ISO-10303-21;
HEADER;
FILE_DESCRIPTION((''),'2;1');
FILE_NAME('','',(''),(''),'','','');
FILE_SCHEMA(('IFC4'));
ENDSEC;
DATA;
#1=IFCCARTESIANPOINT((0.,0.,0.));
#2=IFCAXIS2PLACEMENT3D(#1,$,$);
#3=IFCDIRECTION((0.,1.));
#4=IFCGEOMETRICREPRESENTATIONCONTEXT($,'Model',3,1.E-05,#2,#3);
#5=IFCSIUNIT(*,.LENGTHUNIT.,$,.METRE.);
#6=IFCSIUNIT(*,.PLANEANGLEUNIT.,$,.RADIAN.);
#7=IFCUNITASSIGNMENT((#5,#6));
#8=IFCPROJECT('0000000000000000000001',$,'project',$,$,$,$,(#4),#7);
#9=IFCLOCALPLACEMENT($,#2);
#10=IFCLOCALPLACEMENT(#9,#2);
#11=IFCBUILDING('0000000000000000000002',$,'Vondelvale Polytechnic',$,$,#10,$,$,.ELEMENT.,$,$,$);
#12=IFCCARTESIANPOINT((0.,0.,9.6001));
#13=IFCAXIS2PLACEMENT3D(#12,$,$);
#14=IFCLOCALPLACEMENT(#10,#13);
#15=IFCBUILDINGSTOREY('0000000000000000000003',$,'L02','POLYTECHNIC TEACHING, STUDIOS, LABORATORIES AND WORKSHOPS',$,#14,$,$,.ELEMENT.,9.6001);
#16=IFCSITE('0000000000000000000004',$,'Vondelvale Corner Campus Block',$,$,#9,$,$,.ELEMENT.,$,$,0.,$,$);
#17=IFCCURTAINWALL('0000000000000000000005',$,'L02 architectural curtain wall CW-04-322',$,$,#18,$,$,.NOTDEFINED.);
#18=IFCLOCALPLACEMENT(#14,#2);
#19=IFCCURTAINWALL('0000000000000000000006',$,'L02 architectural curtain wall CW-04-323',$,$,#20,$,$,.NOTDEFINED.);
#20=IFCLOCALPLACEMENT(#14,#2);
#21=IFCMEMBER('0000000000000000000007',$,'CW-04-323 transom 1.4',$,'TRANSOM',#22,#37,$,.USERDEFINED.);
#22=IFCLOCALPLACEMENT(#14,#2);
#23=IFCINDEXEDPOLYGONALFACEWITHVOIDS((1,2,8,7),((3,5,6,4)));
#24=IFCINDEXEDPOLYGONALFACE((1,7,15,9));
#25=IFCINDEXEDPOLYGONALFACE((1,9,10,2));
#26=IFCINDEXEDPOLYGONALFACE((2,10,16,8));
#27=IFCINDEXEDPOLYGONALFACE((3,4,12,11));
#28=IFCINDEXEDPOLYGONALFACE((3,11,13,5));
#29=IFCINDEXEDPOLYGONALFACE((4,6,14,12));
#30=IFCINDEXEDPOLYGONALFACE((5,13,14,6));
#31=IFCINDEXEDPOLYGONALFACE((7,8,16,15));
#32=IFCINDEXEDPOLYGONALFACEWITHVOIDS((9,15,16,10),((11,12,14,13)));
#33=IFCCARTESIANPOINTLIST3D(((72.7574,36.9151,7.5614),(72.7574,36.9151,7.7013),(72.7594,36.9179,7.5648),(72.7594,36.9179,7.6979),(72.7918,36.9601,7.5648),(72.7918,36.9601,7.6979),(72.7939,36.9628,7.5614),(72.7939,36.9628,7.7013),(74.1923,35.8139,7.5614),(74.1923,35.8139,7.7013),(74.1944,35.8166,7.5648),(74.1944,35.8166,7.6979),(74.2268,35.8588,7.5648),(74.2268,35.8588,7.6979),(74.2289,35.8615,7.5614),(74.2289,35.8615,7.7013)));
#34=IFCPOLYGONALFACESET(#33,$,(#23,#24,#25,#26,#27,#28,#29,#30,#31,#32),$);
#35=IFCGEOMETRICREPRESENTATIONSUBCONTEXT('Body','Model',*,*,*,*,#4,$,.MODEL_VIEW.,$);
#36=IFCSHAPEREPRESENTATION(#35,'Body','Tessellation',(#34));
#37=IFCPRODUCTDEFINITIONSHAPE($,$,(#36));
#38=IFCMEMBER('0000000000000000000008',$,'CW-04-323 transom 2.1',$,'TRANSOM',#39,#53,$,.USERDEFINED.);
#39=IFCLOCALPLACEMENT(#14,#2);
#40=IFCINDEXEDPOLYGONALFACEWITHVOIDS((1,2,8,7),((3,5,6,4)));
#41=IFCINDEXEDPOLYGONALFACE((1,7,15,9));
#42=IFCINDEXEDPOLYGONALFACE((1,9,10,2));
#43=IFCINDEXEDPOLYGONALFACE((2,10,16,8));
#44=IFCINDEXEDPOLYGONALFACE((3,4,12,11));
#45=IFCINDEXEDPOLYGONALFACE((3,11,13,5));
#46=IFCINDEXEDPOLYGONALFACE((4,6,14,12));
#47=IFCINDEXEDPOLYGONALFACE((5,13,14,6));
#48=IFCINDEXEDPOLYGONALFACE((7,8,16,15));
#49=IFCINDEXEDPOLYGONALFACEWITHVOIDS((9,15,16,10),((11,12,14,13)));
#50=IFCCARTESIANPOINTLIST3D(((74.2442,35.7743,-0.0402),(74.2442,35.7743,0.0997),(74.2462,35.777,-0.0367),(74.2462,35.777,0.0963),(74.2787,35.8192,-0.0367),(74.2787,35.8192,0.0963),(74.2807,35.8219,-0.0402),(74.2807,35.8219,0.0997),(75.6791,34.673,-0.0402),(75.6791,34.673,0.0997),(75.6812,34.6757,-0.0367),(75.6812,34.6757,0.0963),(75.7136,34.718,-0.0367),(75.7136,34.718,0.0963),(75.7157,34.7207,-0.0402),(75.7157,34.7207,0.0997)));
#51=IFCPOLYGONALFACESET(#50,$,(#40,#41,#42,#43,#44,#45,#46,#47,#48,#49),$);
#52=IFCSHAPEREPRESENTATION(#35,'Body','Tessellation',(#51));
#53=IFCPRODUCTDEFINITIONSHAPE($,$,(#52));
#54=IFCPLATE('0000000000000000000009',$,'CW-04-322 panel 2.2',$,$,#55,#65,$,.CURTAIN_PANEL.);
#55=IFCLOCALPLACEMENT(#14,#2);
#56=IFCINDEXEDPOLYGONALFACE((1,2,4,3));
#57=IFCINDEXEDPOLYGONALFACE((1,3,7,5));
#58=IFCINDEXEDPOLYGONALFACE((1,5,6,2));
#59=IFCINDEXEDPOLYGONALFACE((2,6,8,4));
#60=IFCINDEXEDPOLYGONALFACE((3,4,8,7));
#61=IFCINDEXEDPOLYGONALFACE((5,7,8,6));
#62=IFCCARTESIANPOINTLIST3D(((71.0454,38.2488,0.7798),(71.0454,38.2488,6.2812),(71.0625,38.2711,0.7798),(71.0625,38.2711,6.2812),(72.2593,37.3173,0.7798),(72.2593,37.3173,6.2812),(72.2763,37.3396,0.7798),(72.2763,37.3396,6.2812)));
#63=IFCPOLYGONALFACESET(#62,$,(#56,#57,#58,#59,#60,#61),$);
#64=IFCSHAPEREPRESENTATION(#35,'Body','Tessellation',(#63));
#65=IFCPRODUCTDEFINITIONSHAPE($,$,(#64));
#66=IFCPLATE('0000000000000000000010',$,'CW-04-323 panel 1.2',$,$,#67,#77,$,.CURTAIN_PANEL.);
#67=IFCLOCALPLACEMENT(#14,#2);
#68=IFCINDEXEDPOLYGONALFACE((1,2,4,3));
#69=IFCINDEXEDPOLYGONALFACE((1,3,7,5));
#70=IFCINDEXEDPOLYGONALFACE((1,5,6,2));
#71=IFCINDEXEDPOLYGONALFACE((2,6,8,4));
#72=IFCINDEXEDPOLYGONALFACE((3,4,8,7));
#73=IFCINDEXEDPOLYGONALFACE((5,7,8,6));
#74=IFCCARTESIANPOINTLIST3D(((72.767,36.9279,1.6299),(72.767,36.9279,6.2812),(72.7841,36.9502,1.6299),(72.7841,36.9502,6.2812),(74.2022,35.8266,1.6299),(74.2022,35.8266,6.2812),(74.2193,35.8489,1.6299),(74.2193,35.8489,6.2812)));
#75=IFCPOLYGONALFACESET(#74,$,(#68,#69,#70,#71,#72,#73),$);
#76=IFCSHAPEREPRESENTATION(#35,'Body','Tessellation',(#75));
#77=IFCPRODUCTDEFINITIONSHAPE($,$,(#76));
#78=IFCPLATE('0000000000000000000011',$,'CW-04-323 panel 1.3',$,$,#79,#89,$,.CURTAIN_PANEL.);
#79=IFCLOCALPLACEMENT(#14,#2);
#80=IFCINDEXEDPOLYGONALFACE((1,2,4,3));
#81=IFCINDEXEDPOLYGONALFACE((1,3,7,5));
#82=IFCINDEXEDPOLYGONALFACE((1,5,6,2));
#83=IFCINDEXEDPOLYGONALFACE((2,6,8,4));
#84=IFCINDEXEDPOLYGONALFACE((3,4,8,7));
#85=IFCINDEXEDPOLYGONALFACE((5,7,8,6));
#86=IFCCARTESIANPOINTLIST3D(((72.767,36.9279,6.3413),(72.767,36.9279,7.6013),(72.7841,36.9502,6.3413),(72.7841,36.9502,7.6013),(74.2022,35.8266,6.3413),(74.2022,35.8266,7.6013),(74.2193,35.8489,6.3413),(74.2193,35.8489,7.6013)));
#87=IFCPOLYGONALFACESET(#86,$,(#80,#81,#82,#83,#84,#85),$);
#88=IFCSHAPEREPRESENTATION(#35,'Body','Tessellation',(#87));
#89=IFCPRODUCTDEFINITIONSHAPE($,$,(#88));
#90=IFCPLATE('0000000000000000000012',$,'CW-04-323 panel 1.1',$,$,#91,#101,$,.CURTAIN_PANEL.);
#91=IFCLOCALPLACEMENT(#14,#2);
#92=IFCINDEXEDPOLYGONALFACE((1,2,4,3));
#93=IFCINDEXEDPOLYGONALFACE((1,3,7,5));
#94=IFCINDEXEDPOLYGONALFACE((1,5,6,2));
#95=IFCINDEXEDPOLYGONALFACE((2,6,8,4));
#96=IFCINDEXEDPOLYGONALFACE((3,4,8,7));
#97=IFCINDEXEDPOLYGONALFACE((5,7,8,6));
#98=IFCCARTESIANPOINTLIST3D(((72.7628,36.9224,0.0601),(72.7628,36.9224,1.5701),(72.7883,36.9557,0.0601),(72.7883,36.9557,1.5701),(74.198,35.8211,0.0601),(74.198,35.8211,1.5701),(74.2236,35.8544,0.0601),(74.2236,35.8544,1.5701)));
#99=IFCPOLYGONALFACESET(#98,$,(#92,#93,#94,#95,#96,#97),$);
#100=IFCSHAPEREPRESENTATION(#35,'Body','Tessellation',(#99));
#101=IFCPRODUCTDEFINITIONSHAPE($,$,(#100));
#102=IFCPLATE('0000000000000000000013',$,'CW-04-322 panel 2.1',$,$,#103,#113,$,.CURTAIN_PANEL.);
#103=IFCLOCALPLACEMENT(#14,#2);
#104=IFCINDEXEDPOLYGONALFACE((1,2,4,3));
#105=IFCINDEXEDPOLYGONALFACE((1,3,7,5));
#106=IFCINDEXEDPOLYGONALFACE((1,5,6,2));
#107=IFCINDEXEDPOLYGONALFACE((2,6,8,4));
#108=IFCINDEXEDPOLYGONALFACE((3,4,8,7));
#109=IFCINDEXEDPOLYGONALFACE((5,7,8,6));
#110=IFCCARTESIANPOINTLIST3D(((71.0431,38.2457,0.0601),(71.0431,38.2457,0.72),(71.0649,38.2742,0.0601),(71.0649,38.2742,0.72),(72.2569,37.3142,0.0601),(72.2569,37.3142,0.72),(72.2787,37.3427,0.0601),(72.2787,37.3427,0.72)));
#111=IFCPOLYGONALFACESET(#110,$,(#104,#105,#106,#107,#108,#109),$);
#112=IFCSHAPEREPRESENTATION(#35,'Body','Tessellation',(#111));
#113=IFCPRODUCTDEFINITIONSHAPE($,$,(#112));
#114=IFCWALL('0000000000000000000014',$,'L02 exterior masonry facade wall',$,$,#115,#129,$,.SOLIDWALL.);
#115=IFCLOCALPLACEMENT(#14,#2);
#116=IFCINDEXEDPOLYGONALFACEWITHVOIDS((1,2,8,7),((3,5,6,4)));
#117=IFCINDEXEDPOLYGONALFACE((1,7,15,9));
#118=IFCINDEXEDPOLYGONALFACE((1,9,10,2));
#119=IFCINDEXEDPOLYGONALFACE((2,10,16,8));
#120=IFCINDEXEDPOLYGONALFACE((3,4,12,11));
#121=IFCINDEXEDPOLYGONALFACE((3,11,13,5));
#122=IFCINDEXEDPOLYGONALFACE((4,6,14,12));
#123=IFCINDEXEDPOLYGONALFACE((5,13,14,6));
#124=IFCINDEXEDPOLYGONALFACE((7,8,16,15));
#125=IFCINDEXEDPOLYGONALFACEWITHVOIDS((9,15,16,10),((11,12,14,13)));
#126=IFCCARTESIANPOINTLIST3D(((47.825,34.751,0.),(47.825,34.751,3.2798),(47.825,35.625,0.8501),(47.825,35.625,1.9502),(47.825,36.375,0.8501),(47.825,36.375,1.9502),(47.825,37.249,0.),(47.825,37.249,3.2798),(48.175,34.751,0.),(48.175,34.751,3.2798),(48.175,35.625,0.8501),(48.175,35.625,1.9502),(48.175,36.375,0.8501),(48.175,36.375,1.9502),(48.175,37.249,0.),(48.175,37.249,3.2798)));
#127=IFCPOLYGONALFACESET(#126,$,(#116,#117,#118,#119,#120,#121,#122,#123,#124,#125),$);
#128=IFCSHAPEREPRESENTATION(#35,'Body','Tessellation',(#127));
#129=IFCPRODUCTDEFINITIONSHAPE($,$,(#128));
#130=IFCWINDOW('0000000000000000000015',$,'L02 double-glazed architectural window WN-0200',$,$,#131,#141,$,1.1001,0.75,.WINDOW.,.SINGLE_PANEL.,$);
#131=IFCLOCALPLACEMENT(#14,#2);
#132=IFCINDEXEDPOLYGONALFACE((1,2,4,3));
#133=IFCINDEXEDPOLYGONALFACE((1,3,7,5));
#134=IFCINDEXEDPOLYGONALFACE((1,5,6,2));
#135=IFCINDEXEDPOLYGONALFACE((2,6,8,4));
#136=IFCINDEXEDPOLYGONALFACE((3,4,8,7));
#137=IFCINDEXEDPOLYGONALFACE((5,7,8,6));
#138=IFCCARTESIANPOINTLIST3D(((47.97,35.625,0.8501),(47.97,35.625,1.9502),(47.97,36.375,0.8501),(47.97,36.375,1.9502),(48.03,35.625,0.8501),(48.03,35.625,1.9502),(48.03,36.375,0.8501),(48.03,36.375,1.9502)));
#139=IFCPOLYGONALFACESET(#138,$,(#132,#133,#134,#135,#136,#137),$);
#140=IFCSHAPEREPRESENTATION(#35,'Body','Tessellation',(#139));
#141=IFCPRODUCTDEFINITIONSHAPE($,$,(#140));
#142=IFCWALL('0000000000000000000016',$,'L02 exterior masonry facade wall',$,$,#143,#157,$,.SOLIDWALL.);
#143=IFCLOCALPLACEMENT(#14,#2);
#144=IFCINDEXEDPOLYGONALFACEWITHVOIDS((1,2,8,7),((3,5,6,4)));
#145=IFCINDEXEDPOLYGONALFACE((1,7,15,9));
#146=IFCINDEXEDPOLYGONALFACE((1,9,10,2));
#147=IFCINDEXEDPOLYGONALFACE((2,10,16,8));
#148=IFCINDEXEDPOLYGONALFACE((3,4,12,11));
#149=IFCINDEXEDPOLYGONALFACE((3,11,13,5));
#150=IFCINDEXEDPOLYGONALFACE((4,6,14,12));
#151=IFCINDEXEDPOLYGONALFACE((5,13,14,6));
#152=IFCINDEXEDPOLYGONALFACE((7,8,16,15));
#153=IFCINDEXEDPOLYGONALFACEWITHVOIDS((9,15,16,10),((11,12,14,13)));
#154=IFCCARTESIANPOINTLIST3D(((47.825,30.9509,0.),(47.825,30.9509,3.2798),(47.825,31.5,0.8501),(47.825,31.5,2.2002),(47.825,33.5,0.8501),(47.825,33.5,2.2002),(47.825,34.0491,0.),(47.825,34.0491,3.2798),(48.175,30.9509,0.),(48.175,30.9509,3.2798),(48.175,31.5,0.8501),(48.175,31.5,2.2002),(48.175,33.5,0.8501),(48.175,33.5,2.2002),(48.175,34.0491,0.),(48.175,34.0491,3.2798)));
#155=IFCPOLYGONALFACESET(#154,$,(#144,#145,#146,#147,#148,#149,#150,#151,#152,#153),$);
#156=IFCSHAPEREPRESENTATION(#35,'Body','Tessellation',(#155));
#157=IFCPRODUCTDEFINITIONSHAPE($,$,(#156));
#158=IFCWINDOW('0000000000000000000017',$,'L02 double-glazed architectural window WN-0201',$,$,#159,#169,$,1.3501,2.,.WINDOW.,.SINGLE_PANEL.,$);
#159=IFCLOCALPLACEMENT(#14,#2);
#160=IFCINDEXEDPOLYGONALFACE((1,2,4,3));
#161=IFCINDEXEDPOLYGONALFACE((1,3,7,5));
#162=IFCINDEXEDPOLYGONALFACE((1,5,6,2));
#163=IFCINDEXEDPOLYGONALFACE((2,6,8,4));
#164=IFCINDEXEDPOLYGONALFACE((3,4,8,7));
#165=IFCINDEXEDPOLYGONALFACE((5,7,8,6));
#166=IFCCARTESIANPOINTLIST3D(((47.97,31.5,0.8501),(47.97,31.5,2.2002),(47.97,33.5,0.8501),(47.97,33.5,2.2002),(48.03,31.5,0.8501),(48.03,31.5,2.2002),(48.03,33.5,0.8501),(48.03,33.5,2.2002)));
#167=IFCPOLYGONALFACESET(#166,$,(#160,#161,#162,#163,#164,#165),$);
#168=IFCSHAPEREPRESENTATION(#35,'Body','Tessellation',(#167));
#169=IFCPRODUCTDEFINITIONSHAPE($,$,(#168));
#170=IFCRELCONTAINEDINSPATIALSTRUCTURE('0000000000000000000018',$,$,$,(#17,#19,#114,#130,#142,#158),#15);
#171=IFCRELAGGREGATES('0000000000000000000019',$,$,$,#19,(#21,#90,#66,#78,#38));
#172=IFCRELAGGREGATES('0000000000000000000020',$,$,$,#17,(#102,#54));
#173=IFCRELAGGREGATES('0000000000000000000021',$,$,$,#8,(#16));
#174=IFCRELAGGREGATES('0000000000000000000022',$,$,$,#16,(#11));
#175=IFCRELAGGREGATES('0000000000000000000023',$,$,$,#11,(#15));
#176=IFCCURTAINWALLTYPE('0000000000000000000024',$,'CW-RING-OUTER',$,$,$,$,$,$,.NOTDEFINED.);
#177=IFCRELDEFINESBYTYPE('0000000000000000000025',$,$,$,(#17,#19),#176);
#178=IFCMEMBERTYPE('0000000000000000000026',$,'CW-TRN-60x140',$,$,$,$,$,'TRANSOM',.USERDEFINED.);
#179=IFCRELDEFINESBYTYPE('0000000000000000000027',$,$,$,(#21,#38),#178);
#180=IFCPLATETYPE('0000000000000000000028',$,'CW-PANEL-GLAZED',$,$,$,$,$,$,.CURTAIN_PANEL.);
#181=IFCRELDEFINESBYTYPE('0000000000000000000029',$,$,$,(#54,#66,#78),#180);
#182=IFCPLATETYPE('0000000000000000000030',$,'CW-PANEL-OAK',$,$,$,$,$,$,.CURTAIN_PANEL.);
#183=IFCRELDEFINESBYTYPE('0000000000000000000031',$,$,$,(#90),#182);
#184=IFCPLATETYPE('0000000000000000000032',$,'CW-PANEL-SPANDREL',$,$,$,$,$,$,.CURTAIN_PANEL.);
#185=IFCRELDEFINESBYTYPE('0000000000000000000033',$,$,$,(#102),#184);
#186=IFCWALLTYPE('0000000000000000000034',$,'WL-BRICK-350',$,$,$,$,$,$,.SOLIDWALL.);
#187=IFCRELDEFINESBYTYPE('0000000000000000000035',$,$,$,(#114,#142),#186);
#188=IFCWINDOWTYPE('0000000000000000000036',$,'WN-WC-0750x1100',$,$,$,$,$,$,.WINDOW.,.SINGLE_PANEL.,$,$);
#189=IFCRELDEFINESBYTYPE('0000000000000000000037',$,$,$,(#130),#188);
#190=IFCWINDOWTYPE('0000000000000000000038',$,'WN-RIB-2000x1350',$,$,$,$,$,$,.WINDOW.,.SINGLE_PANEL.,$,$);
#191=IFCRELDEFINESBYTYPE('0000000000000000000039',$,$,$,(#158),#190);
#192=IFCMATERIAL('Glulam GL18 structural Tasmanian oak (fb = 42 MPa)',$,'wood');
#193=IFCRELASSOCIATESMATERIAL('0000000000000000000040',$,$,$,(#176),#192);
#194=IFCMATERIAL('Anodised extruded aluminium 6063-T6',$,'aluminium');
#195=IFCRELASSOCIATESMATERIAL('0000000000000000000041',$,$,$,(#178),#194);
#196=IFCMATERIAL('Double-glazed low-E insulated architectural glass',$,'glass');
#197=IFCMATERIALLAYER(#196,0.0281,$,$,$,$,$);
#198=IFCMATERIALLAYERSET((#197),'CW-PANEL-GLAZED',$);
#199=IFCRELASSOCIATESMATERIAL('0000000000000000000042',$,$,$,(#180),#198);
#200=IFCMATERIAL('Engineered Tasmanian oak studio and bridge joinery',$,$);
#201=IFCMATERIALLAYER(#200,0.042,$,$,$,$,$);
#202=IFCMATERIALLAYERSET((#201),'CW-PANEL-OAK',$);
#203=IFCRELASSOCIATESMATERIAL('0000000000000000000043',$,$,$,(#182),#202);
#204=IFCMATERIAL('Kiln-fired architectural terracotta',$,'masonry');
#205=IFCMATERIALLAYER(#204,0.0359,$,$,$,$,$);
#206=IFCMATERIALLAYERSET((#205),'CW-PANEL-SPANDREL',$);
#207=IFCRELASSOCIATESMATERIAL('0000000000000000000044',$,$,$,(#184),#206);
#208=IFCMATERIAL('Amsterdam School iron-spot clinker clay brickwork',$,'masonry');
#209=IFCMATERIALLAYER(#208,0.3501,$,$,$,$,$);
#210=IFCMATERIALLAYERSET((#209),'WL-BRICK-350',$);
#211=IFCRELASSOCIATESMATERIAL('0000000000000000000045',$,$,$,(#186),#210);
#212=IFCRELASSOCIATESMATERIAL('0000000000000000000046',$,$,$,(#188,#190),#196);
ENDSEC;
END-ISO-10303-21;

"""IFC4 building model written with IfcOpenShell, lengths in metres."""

from ifc_helpers import new_model, si_unit, direction, frame, frame_2d, origin, origin_2d, place, context, subcontext, project, spatial, rectangle, hollow_rectangle, extrude, material, layer, layer_set, material_profile, profile_set, type_object, element, fill, aggregate, save


model = new_model("IFC4")

# Units and contexts
model_context = context("Model", 3, precision=1e-05, world=origin(), true_north=direction((0.0, 1.0)))
body_context = subcontext(model_context, "Body", "Model", "MODEL_VIEW")
ifc_project = project(units=[si_unit("LENGTHUNIT", "METRE"), si_unit("PLANEANGLEUNIT", "RADIAN")], contexts=[model_context])

# Site, building, storey
site_placement = place(None, origin())
site = spatial("IfcSite", under=ifc_project, at=site_placement, Name="Vondelvale Corner Campus Block", CompositionType="ELEMENT", RefElevation=0.0)
building_placement = place(site_placement, origin())
building = spatial("IfcBuilding", under=site, at=building_placement, Name="Vondelvale Polytechnic", CompositionType="ELEMENT")
storey_placement = place(building_placement, frame((0.0, 0.0, 9.6001)))
storey = spatial("IfcBuildingStorey", under=building, at=storey_placement, Name="L02", Description="POLYTECHNIC TEACHING, STUDIOS, LABORATORIES AND WORKSHOPS", CompositionType="ELEMENT", Elevation=9.6001)

# Shared definitions
ifc_material_1 = material(Name="Glulam GL18 structural Tasmanian oak (fb = 42 MPa)", Category="wood")

# Curtain wall
curtain_wall_type = type_object("IfcCurtainWallType", Name="CW-RING-OUTER", PredefinedType="NOTDEFINED", material=ifc_material_1)
curtain_wall_1_placement = place(storey_placement, origin())
curtain_wall_1 = element("IfcCurtainWall", 1, at=curtain_wall_1_placement, inside=storey, type_object=curtain_wall_type, Name="L02 architectural curtain wall CW-04-322", PredefinedType="NOTDEFINED")
ifc_material_2 = material(Name="Anodised extruded aluminium 6063-T6", Category="aluminium")

# Curtain wall, members
curtain_wall_2_placement = place(storey_placement, origin())
curtain_wall_2 = element("IfcCurtainWall", 2, at=curtain_wall_2_placement, inside=storey, type_object=curtain_wall_type, Name="L02 architectural curtain wall CW-04-323", PredefinedType="NOTDEFINED")
ifc_material_profile_1 = material_profile(ifc_material_2, hollow_rectangle(XDim=0.0601, YDim=0.1399, WallThickness=0.0034, at=origin_2d()), Name="CW-TRN-140x60")
ifc_profile_set_1 = profile_set([ifc_material_profile_1], Name="Anodised extruded aluminium 6063-T6")
member_type_1 = type_object("IfcMemberType", Name="CW-TRN-60x140", ElementType="TRANSOM", PredefinedType="USERDEFINED", material=ifc_profile_set_1)
member_1_placement = place(storey_placement, frame((72.7756, 36.939, 7.6313), z_axis=(0.793311, -0.608817, 0.0), x_axis=(0.608817, 0.793311, 0.0)))
member_1 = element("IfcMember", 3, at=member_1_placement, type_object=member_type_1, Name="CW-04-323 transom 1.4", ObjectType="TRANSOM", PredefinedType="USERDEFINED", context=body_context, shape_type="SweptSolid", body=[
    extrude(hollow_rectangle(XDim=0.0601, YDim=0.1399, WallThickness=0.0034, at=origin_2d()), origin(), (0.0, 0.0, 1.0), 1.8088),
])
member_2_placement = place(storey_placement, frame((74.2625, 35.7981, 0.0298), z_axis=(0.793311, -0.608817, 0.0), x_axis=(0.608817, 0.793311, 0.0)))
member_2 = element("IfcMember", 4, at=member_2_placement, type_object=member_type_1, Name="CW-04-323 transom 2.1", ObjectType="TRANSOM", PredefinedType="USERDEFINED", context=body_context, shape_type="SweptSolid", body=[
    extrude(hollow_rectangle(XDim=0.0601, YDim=0.1399, WallThickness=0.0034, at=origin_2d()), origin(), (0.0, 0.0, 1.0), 1.8088),
])

# Plates
ifc_material_3 = material(Name="Double-glazed low-E insulated architectural glass", Category="glass")
ifc_layer_1 = layer(ifc_material_3, 0.0281)
ifc_layer_set_1 = layer_set([ifc_layer_1], Name="CW-PANEL-GLAZED")
plate_type_1 = type_object("IfcPlateType", Name="CW-PANEL-GLAZED", PredefinedType="CURTAIN_PANEL", material=ifc_layer_set_1)
plate_1_placement = place(storey_placement, frame((71.6609, 37.7942, 0.7798), z_axis=(0.0, 0.0, 1.0), x_axis=(0.793334, -0.608787, 0.0)))
plate_1 = element("IfcPlate", 5, at=plate_1_placement, type_object=plate_type_1, Name="CW-04-322 panel 2.2", PredefinedType="CURTAIN_PANEL", context=body_context, shape_type="SweptSolid", body=[
    extrude(rectangle(XDim=1.53, YDim=0.0281, at=origin_2d()), origin(), (0.0, 0.0, 1.0), 5.5015),
])
plate_2_placement = place(storey_placement, frame((73.4932, 36.3884, 1.6299), z_axis=(0.0, 0.0, 1.0), x_axis=(0.793346, -0.608771, 0.0)))
plate_2 = element("IfcPlate", 6, at=plate_2_placement, type_object=plate_type_1, Name="CW-04-323 panel 1.2", PredefinedType="CURTAIN_PANEL", context=body_context, shape_type="SweptSolid", body=[
    extrude(rectangle(XDim=1.8091, YDim=0.0281, at=origin_2d()), origin(), (0.0, 0.0, 1.0), 4.6514),
])
plate_3_placement = place(storey_placement, frame((73.4932, 36.3884, 6.3413), z_axis=(0.0, 0.0, 1.0), x_axis=(0.793346, -0.608771, 0.0)))
plate_3 = element("IfcPlate", 7, at=plate_3_placement, type_object=plate_type_1, Name="CW-04-323 panel 1.3", PredefinedType="CURTAIN_PANEL", context=body_context, shape_type="SweptSolid", body=[
    extrude(rectangle(XDim=1.8091, YDim=0.0281, at=origin_2d()), origin(), (0.0, 0.0, 1.0), 1.26),
])
ifc_material_4 = material(Name="Engineered Tasmanian oak studio and bridge joinery")
ifc_layer_2 = layer(ifc_material_4, 0.042)
ifc_layer_set_2 = layer_set([ifc_layer_2], Name="CW-PANEL-OAK")
plate_type_2 = type_object("IfcPlateType", Name="CW-PANEL-OAK", PredefinedType="CURTAIN_PANEL", material=ifc_layer_set_2)
plate_4_placement = place(storey_placement, frame((73.4932, 36.3884, 0.0601), z_axis=(0.0, 0.0, 1.0), x_axis=(0.793346, -0.608771, 0.0)))
plate_4 = element("IfcPlate", 8, at=plate_4_placement, type_object=plate_type_2, Name="CW-04-323 panel 1.1", PredefinedType="CURTAIN_PANEL", context=body_context, shape_type="SweptSolid", body=[
    extrude(rectangle(XDim=1.8091, YDim=0.042, at=origin_2d()), origin(), (0.0, 0.0, 1.0), 1.51),
])
aggregate(curtain_wall_2, [member_1, plate_4, plate_2, plate_3, member_2])
ifc_material_5 = material(Name="Kiln-fired architectural terracotta", Category="masonry")
ifc_layer_3 = layer(ifc_material_5, 0.0359)
ifc_layer_set_3 = layer_set([ifc_layer_3], Name="CW-PANEL-SPANDREL")
plate_type_3 = type_object("IfcPlateType", Name="CW-PANEL-SPANDREL", PredefinedType="CURTAIN_PANEL", material=ifc_layer_set_3)
plate_5_placement = place(storey_placement, frame((71.6609, 37.7942, 0.0601), z_axis=(0.0, 0.0, 1.0), x_axis=(0.793334, -0.608787, 0.0)))
plate_5 = element("IfcPlate", 9, at=plate_5_placement, type_object=plate_type_3, Name="CW-04-322 panel 2.1", PredefinedType="CURTAIN_PANEL", context=body_context, shape_type="SweptSolid", body=[
    extrude(rectangle(XDim=1.53, YDim=0.0359, at=origin_2d()), origin(), (0.0, 0.0, 1.0), 0.6599),
])
aggregate(curtain_wall_1, [plate_5, plate_1])

# Walls, openings, windows
ifc_material_6 = material(Name="Amsterdam School iron-spot clinker clay brickwork", Category="masonry")
ifc_layer_4 = layer(ifc_material_6, 0.3501)
ifc_layer_set_4 = layer_set([ifc_layer_4], Name="WL-BRICK-350")
wall_type = type_object("IfcWallType", Name="WL-BRICK-350", PredefinedType="SOLIDWALL", material=ifc_layer_set_4)
wall_1_placement = place(storey_placement, frame((48.0, 37.249, 0.0), z_axis=(0.0, 0.0, 1.0), x_axis=(0.0, -1.0, 0.0)))
wall_1 = element("IfcWall", 10, at=wall_1_placement, inside=storey, type_object=wall_type, Name="L02 exterior masonry facade wall", PredefinedType="SOLIDWALL", context=body_context, shape_type="SweptSolid", body=[
    extrude(rectangle(XDim=2.498, YDim=0.3501, at=frame_2d((1.249, 0.0))), origin(), (0.0, 0.0, 1.0), 3.2798),
])
opening_1_placement = place(wall_1_placement, frame((0.874, 0.0, 0.8501)))
opening_1 = element("IfcOpeningElement", 11, at=opening_1_placement, cuts=wall_1, PredefinedType="OPENING", context=body_context, shape_type="SweptSolid", body=[
    extrude(rectangle(XDim=0.75, YDim=1.1001, at=frame_2d((0.375, 0.55))), frame((0.0, 0.1851, 0.0), z_axis=(0.0, -1.0, 0.0), x_axis=(1.0, 0.0, 0.0)), (0.0, 0.0, 1.0), 0.3701),
])
window_type_1 = type_object("IfcWindowType", Name="WN-WC-0750x1100", PartitioningType="SINGLE_PANEL", PredefinedType="WINDOW", material=ifc_material_3)
window_1_placement = place(opening_1_placement, origin())
window_1 = element("IfcWindow", 12, at=window_1_placement, inside=storey, type_object=window_type_1, Name="L02 double-glazed architectural window WN-0200", OverallHeight=1.1001, OverallWidth=0.75, PartitioningType="SINGLE_PANEL", PredefinedType="WINDOW", context=body_context, shape_type="SweptSolid", body=[
    extrude(rectangle(XDim=0.75, YDim=1.1001, at=frame_2d((0.375, 0.55))), frame((0.0, 0.03, 0.0), z_axis=(0.0, -1.0, 0.0), x_axis=(1.0, 0.0, 0.0)), (0.0, 0.0, 1.0), 0.0601),
])
fill(opening_1, window_1)
wall_2_placement = place(storey_placement, frame((48.0, 34.0491, 0.0), z_axis=(0.0, 0.0, 1.0), x_axis=(0.0, -1.0, 0.0)))
wall_2 = element("IfcWall", 13, at=wall_2_placement, inside=storey, type_object=wall_type, Name="L02 exterior masonry facade wall", PredefinedType="SOLIDWALL", context=body_context, shape_type="SweptSolid", body=[
    extrude(rectangle(XDim=3.0981, YDim=0.3501, at=frame_2d((1.5491, 0.0))), origin(), (0.0, 0.0, 1.0), 3.2798),
])
opening_2_placement = place(wall_2_placement, frame((0.5491, 0.0, 0.8501)))
opening_2 = element("IfcOpeningElement", 14, at=opening_2_placement, cuts=wall_2, PredefinedType="OPENING", context=body_context, shape_type="SweptSolid", body=[
    extrude(rectangle(XDim=2.0, YDim=1.3501, at=frame_2d((1.0, 0.675))), frame((0.0, 0.1851, 0.0), z_axis=(0.0, -1.0, 0.0), x_axis=(1.0, 0.0, 0.0)), (0.0, 0.0, 1.0), 0.3701),
])
window_type_2 = type_object("IfcWindowType", Name="WN-RIB-2000x1350", PartitioningType="SINGLE_PANEL", PredefinedType="WINDOW", material=ifc_material_3)
window_2_placement = place(opening_2_placement, origin())
window_2 = element("IfcWindow", 15, at=window_2_placement, inside=storey, type_object=window_type_2, Name="L02 double-glazed architectural window WN-0201", OverallHeight=1.3501, OverallWidth=2.0, PartitioningType="SINGLE_PANEL", PredefinedType="WINDOW", context=body_context, shape_type="SweptSolid", body=[
    extrude(rectangle(XDim=2.0, YDim=1.3501, at=frame_2d((1.0, 0.675))), frame((0.0, 0.03, 0.0), z_axis=(0.0, -1.0, 0.0), x_axis=(1.0, 0.0, 0.0)), (0.0, 0.0, 1.0), 0.0601),
])
fill(opening_2, window_2)

save(model, "model.ifc")
